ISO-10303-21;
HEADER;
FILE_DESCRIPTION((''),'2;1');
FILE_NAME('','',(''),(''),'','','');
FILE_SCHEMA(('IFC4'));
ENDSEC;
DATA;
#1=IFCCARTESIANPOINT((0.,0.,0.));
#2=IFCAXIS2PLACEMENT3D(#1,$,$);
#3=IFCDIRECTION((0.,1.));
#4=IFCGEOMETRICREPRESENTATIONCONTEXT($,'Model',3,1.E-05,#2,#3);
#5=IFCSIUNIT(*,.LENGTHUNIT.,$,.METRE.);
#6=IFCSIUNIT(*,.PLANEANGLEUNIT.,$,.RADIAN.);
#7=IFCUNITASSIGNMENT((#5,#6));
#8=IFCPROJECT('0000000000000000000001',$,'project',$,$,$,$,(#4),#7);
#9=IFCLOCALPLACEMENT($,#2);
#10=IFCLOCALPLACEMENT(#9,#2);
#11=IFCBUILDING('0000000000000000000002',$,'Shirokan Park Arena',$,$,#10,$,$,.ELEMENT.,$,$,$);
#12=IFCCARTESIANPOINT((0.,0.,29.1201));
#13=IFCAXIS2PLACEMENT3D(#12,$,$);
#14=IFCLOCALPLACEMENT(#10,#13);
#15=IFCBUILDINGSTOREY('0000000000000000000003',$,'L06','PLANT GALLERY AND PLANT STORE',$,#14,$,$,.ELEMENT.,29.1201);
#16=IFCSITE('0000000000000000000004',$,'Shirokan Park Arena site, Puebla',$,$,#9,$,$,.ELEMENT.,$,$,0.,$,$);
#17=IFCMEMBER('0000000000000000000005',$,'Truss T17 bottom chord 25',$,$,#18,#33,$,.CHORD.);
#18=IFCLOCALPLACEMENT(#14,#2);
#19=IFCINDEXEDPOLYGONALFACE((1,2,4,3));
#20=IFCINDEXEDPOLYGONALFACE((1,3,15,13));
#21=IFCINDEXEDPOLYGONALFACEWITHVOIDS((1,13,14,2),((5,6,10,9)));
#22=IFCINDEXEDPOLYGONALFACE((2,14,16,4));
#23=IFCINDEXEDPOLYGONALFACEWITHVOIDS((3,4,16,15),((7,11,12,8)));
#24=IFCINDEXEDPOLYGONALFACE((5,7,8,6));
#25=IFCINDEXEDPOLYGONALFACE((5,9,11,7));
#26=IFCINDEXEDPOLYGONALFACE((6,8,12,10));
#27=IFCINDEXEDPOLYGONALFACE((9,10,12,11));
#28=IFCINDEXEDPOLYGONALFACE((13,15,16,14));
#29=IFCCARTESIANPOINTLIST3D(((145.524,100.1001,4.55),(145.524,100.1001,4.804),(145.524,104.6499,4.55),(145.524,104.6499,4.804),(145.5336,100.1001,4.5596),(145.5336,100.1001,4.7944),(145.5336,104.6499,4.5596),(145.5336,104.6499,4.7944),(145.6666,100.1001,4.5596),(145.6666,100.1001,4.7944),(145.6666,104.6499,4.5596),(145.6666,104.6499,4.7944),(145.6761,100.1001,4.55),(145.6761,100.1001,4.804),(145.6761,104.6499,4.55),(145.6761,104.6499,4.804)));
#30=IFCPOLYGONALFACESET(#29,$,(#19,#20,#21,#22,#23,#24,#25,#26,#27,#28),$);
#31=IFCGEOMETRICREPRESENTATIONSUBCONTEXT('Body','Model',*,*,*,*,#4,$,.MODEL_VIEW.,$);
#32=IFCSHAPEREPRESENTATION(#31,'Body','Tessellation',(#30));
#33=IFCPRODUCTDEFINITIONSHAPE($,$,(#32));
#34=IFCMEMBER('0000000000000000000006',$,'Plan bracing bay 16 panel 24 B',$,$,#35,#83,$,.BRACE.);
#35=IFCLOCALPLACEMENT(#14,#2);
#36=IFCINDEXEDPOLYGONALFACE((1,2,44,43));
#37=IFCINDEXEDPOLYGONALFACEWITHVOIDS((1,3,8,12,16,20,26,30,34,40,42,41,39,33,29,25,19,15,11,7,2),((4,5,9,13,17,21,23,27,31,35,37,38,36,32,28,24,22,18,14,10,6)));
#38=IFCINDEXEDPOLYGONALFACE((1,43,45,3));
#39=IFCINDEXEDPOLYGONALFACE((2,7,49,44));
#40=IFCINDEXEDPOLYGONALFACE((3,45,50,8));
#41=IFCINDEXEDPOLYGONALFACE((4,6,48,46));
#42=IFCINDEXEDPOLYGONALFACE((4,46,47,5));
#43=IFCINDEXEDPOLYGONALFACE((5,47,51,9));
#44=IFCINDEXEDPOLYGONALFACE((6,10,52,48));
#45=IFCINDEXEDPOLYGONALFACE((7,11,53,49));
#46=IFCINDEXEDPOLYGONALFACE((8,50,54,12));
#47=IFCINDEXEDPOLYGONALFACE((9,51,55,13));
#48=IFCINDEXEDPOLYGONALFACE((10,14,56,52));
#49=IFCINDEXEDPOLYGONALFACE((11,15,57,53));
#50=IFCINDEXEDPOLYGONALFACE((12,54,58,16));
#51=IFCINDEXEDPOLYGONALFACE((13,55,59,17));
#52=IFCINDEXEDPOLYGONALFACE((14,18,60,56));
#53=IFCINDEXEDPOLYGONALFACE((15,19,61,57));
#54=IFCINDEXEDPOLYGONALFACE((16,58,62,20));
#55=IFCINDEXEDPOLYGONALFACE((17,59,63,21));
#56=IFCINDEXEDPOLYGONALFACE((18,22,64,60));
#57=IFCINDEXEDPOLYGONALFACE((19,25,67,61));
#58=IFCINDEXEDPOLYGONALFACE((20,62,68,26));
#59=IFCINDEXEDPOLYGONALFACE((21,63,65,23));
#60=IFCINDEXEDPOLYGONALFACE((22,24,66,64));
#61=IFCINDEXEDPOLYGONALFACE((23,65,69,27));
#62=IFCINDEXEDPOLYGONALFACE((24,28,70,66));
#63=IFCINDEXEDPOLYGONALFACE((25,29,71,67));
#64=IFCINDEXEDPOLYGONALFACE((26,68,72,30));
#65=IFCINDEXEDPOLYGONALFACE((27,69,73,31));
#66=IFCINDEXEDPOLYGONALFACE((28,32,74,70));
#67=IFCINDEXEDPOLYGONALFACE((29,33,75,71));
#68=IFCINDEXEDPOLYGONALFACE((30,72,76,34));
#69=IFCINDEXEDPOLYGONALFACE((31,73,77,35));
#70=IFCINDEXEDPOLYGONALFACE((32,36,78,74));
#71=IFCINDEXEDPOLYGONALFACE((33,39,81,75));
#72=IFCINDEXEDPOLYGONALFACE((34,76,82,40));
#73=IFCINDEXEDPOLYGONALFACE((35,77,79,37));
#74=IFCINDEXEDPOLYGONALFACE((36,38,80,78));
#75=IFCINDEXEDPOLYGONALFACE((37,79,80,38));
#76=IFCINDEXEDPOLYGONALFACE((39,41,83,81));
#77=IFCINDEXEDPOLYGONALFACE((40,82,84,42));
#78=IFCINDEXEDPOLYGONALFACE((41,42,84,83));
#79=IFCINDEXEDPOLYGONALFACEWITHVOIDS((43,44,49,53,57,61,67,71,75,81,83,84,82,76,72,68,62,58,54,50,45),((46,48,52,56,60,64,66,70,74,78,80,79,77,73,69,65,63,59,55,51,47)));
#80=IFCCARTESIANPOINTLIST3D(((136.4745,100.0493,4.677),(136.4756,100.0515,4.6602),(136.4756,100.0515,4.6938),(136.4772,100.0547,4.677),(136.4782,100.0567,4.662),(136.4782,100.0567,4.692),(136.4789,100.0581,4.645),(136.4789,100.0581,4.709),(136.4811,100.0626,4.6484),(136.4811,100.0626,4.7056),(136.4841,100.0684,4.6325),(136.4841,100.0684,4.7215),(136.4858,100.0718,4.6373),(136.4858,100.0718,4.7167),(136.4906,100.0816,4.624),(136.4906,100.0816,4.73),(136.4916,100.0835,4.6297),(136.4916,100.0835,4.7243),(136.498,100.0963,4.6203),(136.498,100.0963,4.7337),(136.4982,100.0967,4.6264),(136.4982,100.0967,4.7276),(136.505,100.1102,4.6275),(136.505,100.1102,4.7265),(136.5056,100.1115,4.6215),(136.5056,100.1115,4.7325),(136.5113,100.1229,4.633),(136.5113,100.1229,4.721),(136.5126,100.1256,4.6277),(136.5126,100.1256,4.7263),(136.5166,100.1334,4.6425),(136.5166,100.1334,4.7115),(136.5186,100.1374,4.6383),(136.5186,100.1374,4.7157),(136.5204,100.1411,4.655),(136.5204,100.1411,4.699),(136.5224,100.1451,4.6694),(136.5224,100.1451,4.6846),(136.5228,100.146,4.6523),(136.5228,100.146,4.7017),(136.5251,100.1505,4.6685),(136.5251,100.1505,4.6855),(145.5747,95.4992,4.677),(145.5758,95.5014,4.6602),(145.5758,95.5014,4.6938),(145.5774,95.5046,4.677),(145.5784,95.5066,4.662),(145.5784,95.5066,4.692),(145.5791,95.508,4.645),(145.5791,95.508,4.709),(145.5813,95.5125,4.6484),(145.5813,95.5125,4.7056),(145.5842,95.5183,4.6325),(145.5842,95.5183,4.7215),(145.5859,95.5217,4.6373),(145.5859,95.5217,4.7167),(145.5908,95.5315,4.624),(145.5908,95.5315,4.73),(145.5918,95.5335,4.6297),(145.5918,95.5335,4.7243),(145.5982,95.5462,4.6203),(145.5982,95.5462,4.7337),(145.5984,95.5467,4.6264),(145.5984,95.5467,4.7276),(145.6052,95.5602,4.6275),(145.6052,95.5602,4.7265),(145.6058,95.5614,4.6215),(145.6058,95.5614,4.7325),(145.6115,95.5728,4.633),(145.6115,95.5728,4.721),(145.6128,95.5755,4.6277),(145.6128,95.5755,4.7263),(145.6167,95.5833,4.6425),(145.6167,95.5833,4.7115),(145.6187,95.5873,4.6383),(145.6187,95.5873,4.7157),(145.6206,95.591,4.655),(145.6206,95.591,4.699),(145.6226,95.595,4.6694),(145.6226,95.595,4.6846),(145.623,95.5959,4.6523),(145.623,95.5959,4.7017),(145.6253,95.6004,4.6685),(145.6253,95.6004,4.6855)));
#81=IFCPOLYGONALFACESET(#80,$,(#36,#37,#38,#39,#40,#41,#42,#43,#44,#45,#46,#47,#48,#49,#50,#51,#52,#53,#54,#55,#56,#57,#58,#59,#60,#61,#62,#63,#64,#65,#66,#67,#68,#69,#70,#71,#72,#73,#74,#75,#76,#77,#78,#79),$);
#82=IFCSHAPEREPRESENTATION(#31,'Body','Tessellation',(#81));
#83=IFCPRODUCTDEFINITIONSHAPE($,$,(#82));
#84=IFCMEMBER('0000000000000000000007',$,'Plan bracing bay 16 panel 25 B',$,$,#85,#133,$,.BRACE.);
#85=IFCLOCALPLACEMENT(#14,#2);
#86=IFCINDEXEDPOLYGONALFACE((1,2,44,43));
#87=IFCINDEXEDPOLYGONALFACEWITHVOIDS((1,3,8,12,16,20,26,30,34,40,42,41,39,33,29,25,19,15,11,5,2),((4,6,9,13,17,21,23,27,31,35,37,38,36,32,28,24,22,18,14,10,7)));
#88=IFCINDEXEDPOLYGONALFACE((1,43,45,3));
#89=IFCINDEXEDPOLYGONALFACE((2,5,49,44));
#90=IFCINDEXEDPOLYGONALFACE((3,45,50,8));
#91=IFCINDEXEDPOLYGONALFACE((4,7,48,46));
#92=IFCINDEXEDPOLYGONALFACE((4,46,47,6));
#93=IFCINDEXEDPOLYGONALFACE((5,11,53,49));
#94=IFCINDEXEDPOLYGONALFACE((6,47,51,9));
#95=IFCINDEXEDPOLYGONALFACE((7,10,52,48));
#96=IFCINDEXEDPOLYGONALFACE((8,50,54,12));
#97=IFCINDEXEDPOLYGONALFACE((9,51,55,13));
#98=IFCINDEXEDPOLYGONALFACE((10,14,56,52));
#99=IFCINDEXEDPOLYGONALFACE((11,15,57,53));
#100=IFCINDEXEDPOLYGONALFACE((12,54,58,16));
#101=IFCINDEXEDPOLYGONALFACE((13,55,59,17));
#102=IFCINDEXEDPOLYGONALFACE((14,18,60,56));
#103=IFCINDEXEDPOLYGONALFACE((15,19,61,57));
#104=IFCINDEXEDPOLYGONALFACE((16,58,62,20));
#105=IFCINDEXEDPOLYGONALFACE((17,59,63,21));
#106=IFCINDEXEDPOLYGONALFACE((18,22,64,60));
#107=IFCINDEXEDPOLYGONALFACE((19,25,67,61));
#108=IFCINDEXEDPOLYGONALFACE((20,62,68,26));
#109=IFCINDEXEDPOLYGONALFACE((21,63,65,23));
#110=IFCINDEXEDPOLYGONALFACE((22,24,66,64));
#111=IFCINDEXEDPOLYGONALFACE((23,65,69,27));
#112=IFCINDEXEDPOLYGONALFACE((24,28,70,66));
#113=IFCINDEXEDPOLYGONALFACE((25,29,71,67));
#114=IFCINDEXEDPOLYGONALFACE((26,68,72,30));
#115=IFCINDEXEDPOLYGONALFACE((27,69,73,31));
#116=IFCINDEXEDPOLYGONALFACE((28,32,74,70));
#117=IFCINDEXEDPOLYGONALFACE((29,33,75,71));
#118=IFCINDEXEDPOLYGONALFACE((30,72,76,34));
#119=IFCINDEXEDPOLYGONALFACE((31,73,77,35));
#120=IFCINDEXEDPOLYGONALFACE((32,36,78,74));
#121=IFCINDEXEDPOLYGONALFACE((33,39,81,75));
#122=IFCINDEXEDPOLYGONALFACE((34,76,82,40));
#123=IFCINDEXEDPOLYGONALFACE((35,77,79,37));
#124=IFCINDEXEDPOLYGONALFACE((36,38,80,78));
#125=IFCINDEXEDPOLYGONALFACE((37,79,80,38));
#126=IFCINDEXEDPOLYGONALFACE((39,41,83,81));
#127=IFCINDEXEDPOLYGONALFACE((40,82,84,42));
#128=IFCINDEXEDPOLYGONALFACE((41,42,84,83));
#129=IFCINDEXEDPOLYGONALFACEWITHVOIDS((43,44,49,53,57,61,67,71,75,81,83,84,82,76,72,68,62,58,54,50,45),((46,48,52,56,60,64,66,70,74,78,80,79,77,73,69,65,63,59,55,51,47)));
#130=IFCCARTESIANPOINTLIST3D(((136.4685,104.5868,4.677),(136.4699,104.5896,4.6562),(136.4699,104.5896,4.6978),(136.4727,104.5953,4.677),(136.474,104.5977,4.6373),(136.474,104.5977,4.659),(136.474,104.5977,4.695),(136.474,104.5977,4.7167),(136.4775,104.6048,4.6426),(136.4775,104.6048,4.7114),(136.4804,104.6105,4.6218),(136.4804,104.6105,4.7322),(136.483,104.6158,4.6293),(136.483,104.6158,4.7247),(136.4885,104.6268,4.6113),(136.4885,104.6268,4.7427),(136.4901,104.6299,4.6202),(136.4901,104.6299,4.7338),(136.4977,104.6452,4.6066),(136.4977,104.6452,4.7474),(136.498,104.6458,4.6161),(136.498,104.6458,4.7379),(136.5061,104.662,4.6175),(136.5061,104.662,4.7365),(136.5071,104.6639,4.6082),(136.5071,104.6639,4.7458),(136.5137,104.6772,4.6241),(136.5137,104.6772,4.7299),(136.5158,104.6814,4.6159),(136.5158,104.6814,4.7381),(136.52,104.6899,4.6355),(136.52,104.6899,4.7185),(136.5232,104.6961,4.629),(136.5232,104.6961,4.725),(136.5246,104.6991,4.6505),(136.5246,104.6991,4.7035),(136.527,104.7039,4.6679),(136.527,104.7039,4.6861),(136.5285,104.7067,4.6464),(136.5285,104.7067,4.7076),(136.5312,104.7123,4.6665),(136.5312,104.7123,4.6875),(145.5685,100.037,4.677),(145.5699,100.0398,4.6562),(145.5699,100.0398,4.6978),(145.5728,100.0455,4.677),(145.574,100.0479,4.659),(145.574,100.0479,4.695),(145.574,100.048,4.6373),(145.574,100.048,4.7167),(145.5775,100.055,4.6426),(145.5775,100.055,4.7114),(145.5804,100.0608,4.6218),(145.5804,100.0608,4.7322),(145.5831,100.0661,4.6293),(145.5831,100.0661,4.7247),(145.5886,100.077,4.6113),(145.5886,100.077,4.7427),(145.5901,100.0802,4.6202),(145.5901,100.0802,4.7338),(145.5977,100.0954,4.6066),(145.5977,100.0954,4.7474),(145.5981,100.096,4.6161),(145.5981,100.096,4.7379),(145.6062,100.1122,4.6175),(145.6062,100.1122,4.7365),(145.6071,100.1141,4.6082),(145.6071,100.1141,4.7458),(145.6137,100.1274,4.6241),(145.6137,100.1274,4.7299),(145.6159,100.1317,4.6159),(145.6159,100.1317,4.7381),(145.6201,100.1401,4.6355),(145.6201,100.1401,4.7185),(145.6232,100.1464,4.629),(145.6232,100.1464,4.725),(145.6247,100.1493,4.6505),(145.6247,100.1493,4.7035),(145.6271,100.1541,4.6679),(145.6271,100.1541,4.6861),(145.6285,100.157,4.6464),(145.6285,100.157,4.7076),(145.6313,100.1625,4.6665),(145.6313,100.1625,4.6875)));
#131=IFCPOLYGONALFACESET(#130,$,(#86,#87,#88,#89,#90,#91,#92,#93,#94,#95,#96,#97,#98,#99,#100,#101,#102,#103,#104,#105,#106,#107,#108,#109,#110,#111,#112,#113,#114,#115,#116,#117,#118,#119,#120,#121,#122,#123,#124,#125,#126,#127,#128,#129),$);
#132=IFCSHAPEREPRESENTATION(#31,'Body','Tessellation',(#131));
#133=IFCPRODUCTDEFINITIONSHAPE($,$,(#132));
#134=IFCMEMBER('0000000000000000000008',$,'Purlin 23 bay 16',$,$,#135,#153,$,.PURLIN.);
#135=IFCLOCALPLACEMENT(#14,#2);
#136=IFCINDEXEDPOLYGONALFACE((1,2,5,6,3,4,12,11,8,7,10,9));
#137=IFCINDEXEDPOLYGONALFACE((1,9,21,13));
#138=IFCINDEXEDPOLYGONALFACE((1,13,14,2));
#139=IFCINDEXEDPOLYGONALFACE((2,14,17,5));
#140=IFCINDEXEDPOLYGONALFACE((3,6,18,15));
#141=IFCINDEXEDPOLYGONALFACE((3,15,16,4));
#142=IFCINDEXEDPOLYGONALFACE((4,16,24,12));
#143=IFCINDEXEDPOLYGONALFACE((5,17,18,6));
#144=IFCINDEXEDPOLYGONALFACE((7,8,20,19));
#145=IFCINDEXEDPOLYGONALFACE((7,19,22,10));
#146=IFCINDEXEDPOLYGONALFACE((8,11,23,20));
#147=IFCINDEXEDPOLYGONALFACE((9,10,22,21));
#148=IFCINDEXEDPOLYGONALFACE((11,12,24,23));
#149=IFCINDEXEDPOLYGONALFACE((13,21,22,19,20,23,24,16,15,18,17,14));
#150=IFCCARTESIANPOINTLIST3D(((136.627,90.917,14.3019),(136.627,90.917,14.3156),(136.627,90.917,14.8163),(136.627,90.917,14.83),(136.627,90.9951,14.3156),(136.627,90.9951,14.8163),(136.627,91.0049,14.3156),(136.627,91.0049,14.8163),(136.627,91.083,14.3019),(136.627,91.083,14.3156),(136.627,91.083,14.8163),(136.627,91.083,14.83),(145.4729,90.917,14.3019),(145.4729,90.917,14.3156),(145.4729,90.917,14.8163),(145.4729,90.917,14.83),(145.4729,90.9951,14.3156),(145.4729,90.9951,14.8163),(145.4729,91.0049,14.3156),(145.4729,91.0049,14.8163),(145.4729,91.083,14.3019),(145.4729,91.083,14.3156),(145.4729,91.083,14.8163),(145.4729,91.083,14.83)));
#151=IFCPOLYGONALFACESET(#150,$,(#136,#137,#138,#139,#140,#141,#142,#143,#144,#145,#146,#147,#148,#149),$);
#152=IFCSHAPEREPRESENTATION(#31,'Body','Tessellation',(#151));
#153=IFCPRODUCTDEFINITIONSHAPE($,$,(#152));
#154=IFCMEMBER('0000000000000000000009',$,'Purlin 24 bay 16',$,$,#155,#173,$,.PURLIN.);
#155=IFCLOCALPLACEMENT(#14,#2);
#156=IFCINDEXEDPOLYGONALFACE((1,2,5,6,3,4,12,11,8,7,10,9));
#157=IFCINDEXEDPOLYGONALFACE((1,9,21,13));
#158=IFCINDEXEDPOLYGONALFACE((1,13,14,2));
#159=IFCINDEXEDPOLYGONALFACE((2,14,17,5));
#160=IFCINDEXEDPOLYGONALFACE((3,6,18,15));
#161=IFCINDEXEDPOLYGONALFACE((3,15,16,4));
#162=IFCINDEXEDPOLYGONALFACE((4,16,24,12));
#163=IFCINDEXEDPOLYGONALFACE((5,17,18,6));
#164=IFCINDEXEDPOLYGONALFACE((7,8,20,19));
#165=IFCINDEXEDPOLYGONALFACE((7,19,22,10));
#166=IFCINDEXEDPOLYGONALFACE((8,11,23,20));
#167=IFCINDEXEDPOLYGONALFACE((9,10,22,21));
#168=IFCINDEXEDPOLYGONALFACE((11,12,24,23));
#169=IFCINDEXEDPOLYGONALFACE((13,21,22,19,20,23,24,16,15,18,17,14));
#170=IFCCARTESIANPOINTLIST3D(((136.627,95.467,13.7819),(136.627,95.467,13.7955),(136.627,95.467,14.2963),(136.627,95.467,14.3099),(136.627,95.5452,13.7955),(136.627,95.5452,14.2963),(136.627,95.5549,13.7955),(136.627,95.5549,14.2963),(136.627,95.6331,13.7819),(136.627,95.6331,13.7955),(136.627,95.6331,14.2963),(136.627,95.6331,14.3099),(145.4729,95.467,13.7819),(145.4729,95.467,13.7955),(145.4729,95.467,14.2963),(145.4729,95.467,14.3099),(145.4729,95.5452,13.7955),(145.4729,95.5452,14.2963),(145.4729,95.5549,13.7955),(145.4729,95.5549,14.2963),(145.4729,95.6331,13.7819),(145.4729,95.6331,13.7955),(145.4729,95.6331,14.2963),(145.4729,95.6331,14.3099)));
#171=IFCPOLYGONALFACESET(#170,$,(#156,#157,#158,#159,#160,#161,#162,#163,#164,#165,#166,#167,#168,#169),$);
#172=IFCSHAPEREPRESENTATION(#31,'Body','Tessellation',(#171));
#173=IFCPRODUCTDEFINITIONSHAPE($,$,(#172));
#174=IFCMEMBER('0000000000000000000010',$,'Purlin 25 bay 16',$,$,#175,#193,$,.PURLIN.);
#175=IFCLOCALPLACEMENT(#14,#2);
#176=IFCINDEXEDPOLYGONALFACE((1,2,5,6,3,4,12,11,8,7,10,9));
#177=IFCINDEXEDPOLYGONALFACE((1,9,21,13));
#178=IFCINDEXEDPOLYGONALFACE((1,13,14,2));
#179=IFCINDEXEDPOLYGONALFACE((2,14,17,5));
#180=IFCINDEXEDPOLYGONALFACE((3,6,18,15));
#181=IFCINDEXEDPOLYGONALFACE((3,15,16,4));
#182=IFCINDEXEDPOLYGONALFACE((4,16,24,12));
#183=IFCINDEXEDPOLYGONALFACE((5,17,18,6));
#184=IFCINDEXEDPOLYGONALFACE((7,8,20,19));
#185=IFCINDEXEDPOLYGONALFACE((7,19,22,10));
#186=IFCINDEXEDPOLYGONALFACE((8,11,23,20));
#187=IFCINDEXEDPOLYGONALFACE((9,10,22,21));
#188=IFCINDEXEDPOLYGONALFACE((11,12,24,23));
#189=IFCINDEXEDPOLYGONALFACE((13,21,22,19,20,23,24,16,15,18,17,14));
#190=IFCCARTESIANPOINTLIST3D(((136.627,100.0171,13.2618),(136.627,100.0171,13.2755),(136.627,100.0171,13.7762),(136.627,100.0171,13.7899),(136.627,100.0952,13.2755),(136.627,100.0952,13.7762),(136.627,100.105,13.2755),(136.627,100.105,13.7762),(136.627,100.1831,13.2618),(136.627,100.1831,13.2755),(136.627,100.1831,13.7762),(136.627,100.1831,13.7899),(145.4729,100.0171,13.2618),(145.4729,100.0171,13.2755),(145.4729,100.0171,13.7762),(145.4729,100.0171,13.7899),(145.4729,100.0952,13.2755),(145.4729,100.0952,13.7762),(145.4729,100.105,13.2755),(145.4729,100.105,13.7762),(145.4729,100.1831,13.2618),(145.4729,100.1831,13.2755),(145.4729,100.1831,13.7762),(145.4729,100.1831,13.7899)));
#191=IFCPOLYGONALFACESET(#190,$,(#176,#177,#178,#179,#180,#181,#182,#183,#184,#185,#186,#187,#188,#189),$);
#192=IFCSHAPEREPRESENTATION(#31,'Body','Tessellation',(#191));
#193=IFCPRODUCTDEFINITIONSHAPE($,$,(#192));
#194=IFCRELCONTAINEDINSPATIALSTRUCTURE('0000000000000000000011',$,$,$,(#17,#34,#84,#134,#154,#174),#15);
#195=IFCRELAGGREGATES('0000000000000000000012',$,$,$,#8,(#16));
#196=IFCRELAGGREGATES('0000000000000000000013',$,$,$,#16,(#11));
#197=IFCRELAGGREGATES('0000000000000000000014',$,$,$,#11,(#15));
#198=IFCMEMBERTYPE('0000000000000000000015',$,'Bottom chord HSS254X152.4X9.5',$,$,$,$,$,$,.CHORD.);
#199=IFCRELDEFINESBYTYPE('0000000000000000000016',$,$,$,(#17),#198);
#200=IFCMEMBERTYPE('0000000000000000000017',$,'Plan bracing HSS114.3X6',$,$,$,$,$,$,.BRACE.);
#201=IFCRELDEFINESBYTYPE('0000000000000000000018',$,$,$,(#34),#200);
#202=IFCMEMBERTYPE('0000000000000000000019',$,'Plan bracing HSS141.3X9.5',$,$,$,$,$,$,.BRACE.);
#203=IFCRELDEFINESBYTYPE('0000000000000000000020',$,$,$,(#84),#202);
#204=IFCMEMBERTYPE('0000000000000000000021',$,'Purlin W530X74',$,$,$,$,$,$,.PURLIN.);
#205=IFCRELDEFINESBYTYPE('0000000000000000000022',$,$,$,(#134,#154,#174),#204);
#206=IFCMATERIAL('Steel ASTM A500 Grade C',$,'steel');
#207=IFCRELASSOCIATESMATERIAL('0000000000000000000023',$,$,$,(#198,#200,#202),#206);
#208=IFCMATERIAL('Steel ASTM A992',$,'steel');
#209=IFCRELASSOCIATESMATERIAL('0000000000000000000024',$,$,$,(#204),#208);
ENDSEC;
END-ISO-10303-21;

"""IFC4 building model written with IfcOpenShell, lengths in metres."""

from ifc_helpers import new_model, si_unit, direction, frame, origin, origin_2d, place, context, subcontext, project, spatial, hollow_rectangle, hollow_circle, i_section, extrude, material, material_profile, profile_set, type_object, element, save


model = new_model("IFC4")

# Units and contexts
model_context = context("Model", 3, precision=1e-05, world=origin(), true_north=direction((0.0, 1.0)))
body_context = subcontext(model_context, "Body", "Model", "MODEL_VIEW")
ifc_project = project(units=[si_unit("LENGTHUNIT", "METRE"), si_unit("PLANEANGLEUNIT", "RADIAN")], contexts=[model_context])

# Site, building, storey
site_placement = place(None, origin())
site = spatial("IfcSite", under=ifc_project, at=site_placement, Name="Shirokan Park Arena site, Puebla", CompositionType="ELEMENT", RefElevation=0.0)
building_placement = place(site_placement, origin())
building = spatial("IfcBuilding", under=site, at=building_placement, Name="Shirokan Park Arena", CompositionType="ELEMENT")
storey_placement = place(building_placement, frame((0.0, 0.0, 29.1201)))
storey = spatial("IfcBuildingStorey", under=building, at=storey_placement, Name="L06", Description="PLANT GALLERY AND PLANT STORE", CompositionType="ELEMENT", Elevation=29.1201)

# Members
ifc_material_1 = material(Name="Steel ASTM A500 Grade C", Category="steel")
ifc_material_profile_1 = material_profile(ifc_material_1, hollow_rectangle(XDim=0.1521, YDim=0.2539, WallThickness=0.0095, at=origin_2d()), Name="HSS254X152.4X9.5")
ifc_profile_set_1 = profile_set([ifc_material_profile_1], Name="Steel ASTM A500 Grade C")
member_type_1 = type_object("IfcMemberType", Name="Bottom chord HSS254X152.4X9.5", PredefinedType="CHORD", material=ifc_profile_set_1)
member_1_placement = place(storey_placement, frame((145.6001, 100.1001, 4.677), z_axis=(0.0, 1.0, 0.0), x_axis=(-1.0, 0.0, 0.0)))
element("IfcMember", 1, at=member_1_placement, inside=storey, type_object=member_type_1, Name="Truss T17 bottom chord 25", PredefinedType="CHORD", context=body_context, shape_type="SweptSolid", body=[
    extrude(hollow_rectangle(XDim=0.1521, YDim=0.2539, WallThickness=0.0095, at=origin_2d()), origin(), (0.0, 0.0, 1.0), 4.5498),
])
ifc_material_profile_2 = material_profile(ifc_material_1, hollow_circle(Radius=0.0569, WallThickness=0.0061, at=origin_2d()), Name="HSS114.3X6")
ifc_profile_set_2 = profile_set([ifc_material_profile_2], Name="Steel ASTM A500 Grade C")
member_type_2 = type_object("IfcMemberType", Name="Plan bracing HSS114.3X6", PredefinedType="BRACE", material=ifc_profile_set_2)
member_2_placement = place(storey_placement, frame((145.6001, 95.55, 4.677), z_axis=(-0.894427, 0.447214, 0.0), x_axis=(-0.447214, -0.894427, 0.0)))
element("IfcMember", 2, at=member_2_placement, inside=storey, type_object=member_type_2, Name="Plan bracing bay 16 panel 24 B", PredefinedType="BRACE", context=body_context, shape_type="SweptSolid", body=[
    extrude(hollow_circle(Radius=0.0569, WallThickness=0.0061, at=origin_2d()), origin(), (0.0, 0.0, 1.0), 10.1743),
])
ifc_material_profile_3 = material_profile(ifc_material_1, hollow_circle(Radius=0.0706, WallThickness=0.0095, at=origin_2d()), Name="HSS141.3X9.5")
ifc_profile_set_3 = profile_set([ifc_material_profile_3], Name="Steel ASTM A500 Grade C")
member_type_3 = type_object("IfcMemberType", Name="Plan bracing HSS141.3X9.5", PredefinedType="BRACE", material=ifc_profile_set_3)
member_3_placement = place(storey_placement, frame((145.6001, 100.1001, 4.677), z_axis=(-0.894437, 0.447194, 0.0), x_axis=(-0.447194, -0.894437, 0.0)))
element("IfcMember", 3, at=member_3_placement, inside=storey, type_object=member_type_3, Name="Plan bracing bay 16 panel 25 B", PredefinedType="BRACE", context=body_context, shape_type="SweptSolid", body=[
    extrude(hollow_circle(Radius=0.0706, WallThickness=0.0095, at=origin_2d()), origin(), (0.0, 0.0, 1.0), 10.1741),
])
ifc_material_2 = material(Name="Steel ASTM A992", Category="steel")
ifc_material_profile_4 = material_profile(ifc_material_2, i_section(OverallWidth=0.166, OverallDepth=0.5281, WebThickness=0.0098, FlangeThickness=0.0137, at=origin_2d()), Name="W530X74")
ifc_profile_set_4 = profile_set([ifc_material_profile_4], Name="Steel ASTM A992")
member_type_4 = type_object("IfcMemberType", Name="Purlin W530X74", PredefinedType="PURLIN", material=ifc_profile_set_4)
for number, where, z_axis, x_axis, name in (
    (4, (136.627, 91.0, 14.5659), (1.0, 0.0, 0.0), (0.0, 1.0, 0.0), "Purlin 23 bay 16"),
    (5, (136.627, 95.55, 14.0459), (1.0, 0.0, 0.0), (0.0, 1.0, 0.0), "Purlin 24 bay 16"),
    (6, (136.627, 100.1001, 13.5259), (1.0, 0.0, 0.0), (0.0, 1.0, 0.0), "Purlin 25 bay 16"),
):
    element("IfcMember", number, at=place(storey_placement, frame(where, z_axis=z_axis, x_axis=x_axis)), inside=storey, type_object=member_type_4, Name=name, PredefinedType="PURLIN", context=body_context, shape_type="SweptSolid", body=[
        extrude(i_section(OverallWidth=0.166, OverallDepth=0.5281, WebThickness=0.0098, FlangeThickness=0.0137, at=origin_2d()), origin(), (0.0, 0.0, 1.0), 8.8459),
    ])

save(model, "model.ifc")
